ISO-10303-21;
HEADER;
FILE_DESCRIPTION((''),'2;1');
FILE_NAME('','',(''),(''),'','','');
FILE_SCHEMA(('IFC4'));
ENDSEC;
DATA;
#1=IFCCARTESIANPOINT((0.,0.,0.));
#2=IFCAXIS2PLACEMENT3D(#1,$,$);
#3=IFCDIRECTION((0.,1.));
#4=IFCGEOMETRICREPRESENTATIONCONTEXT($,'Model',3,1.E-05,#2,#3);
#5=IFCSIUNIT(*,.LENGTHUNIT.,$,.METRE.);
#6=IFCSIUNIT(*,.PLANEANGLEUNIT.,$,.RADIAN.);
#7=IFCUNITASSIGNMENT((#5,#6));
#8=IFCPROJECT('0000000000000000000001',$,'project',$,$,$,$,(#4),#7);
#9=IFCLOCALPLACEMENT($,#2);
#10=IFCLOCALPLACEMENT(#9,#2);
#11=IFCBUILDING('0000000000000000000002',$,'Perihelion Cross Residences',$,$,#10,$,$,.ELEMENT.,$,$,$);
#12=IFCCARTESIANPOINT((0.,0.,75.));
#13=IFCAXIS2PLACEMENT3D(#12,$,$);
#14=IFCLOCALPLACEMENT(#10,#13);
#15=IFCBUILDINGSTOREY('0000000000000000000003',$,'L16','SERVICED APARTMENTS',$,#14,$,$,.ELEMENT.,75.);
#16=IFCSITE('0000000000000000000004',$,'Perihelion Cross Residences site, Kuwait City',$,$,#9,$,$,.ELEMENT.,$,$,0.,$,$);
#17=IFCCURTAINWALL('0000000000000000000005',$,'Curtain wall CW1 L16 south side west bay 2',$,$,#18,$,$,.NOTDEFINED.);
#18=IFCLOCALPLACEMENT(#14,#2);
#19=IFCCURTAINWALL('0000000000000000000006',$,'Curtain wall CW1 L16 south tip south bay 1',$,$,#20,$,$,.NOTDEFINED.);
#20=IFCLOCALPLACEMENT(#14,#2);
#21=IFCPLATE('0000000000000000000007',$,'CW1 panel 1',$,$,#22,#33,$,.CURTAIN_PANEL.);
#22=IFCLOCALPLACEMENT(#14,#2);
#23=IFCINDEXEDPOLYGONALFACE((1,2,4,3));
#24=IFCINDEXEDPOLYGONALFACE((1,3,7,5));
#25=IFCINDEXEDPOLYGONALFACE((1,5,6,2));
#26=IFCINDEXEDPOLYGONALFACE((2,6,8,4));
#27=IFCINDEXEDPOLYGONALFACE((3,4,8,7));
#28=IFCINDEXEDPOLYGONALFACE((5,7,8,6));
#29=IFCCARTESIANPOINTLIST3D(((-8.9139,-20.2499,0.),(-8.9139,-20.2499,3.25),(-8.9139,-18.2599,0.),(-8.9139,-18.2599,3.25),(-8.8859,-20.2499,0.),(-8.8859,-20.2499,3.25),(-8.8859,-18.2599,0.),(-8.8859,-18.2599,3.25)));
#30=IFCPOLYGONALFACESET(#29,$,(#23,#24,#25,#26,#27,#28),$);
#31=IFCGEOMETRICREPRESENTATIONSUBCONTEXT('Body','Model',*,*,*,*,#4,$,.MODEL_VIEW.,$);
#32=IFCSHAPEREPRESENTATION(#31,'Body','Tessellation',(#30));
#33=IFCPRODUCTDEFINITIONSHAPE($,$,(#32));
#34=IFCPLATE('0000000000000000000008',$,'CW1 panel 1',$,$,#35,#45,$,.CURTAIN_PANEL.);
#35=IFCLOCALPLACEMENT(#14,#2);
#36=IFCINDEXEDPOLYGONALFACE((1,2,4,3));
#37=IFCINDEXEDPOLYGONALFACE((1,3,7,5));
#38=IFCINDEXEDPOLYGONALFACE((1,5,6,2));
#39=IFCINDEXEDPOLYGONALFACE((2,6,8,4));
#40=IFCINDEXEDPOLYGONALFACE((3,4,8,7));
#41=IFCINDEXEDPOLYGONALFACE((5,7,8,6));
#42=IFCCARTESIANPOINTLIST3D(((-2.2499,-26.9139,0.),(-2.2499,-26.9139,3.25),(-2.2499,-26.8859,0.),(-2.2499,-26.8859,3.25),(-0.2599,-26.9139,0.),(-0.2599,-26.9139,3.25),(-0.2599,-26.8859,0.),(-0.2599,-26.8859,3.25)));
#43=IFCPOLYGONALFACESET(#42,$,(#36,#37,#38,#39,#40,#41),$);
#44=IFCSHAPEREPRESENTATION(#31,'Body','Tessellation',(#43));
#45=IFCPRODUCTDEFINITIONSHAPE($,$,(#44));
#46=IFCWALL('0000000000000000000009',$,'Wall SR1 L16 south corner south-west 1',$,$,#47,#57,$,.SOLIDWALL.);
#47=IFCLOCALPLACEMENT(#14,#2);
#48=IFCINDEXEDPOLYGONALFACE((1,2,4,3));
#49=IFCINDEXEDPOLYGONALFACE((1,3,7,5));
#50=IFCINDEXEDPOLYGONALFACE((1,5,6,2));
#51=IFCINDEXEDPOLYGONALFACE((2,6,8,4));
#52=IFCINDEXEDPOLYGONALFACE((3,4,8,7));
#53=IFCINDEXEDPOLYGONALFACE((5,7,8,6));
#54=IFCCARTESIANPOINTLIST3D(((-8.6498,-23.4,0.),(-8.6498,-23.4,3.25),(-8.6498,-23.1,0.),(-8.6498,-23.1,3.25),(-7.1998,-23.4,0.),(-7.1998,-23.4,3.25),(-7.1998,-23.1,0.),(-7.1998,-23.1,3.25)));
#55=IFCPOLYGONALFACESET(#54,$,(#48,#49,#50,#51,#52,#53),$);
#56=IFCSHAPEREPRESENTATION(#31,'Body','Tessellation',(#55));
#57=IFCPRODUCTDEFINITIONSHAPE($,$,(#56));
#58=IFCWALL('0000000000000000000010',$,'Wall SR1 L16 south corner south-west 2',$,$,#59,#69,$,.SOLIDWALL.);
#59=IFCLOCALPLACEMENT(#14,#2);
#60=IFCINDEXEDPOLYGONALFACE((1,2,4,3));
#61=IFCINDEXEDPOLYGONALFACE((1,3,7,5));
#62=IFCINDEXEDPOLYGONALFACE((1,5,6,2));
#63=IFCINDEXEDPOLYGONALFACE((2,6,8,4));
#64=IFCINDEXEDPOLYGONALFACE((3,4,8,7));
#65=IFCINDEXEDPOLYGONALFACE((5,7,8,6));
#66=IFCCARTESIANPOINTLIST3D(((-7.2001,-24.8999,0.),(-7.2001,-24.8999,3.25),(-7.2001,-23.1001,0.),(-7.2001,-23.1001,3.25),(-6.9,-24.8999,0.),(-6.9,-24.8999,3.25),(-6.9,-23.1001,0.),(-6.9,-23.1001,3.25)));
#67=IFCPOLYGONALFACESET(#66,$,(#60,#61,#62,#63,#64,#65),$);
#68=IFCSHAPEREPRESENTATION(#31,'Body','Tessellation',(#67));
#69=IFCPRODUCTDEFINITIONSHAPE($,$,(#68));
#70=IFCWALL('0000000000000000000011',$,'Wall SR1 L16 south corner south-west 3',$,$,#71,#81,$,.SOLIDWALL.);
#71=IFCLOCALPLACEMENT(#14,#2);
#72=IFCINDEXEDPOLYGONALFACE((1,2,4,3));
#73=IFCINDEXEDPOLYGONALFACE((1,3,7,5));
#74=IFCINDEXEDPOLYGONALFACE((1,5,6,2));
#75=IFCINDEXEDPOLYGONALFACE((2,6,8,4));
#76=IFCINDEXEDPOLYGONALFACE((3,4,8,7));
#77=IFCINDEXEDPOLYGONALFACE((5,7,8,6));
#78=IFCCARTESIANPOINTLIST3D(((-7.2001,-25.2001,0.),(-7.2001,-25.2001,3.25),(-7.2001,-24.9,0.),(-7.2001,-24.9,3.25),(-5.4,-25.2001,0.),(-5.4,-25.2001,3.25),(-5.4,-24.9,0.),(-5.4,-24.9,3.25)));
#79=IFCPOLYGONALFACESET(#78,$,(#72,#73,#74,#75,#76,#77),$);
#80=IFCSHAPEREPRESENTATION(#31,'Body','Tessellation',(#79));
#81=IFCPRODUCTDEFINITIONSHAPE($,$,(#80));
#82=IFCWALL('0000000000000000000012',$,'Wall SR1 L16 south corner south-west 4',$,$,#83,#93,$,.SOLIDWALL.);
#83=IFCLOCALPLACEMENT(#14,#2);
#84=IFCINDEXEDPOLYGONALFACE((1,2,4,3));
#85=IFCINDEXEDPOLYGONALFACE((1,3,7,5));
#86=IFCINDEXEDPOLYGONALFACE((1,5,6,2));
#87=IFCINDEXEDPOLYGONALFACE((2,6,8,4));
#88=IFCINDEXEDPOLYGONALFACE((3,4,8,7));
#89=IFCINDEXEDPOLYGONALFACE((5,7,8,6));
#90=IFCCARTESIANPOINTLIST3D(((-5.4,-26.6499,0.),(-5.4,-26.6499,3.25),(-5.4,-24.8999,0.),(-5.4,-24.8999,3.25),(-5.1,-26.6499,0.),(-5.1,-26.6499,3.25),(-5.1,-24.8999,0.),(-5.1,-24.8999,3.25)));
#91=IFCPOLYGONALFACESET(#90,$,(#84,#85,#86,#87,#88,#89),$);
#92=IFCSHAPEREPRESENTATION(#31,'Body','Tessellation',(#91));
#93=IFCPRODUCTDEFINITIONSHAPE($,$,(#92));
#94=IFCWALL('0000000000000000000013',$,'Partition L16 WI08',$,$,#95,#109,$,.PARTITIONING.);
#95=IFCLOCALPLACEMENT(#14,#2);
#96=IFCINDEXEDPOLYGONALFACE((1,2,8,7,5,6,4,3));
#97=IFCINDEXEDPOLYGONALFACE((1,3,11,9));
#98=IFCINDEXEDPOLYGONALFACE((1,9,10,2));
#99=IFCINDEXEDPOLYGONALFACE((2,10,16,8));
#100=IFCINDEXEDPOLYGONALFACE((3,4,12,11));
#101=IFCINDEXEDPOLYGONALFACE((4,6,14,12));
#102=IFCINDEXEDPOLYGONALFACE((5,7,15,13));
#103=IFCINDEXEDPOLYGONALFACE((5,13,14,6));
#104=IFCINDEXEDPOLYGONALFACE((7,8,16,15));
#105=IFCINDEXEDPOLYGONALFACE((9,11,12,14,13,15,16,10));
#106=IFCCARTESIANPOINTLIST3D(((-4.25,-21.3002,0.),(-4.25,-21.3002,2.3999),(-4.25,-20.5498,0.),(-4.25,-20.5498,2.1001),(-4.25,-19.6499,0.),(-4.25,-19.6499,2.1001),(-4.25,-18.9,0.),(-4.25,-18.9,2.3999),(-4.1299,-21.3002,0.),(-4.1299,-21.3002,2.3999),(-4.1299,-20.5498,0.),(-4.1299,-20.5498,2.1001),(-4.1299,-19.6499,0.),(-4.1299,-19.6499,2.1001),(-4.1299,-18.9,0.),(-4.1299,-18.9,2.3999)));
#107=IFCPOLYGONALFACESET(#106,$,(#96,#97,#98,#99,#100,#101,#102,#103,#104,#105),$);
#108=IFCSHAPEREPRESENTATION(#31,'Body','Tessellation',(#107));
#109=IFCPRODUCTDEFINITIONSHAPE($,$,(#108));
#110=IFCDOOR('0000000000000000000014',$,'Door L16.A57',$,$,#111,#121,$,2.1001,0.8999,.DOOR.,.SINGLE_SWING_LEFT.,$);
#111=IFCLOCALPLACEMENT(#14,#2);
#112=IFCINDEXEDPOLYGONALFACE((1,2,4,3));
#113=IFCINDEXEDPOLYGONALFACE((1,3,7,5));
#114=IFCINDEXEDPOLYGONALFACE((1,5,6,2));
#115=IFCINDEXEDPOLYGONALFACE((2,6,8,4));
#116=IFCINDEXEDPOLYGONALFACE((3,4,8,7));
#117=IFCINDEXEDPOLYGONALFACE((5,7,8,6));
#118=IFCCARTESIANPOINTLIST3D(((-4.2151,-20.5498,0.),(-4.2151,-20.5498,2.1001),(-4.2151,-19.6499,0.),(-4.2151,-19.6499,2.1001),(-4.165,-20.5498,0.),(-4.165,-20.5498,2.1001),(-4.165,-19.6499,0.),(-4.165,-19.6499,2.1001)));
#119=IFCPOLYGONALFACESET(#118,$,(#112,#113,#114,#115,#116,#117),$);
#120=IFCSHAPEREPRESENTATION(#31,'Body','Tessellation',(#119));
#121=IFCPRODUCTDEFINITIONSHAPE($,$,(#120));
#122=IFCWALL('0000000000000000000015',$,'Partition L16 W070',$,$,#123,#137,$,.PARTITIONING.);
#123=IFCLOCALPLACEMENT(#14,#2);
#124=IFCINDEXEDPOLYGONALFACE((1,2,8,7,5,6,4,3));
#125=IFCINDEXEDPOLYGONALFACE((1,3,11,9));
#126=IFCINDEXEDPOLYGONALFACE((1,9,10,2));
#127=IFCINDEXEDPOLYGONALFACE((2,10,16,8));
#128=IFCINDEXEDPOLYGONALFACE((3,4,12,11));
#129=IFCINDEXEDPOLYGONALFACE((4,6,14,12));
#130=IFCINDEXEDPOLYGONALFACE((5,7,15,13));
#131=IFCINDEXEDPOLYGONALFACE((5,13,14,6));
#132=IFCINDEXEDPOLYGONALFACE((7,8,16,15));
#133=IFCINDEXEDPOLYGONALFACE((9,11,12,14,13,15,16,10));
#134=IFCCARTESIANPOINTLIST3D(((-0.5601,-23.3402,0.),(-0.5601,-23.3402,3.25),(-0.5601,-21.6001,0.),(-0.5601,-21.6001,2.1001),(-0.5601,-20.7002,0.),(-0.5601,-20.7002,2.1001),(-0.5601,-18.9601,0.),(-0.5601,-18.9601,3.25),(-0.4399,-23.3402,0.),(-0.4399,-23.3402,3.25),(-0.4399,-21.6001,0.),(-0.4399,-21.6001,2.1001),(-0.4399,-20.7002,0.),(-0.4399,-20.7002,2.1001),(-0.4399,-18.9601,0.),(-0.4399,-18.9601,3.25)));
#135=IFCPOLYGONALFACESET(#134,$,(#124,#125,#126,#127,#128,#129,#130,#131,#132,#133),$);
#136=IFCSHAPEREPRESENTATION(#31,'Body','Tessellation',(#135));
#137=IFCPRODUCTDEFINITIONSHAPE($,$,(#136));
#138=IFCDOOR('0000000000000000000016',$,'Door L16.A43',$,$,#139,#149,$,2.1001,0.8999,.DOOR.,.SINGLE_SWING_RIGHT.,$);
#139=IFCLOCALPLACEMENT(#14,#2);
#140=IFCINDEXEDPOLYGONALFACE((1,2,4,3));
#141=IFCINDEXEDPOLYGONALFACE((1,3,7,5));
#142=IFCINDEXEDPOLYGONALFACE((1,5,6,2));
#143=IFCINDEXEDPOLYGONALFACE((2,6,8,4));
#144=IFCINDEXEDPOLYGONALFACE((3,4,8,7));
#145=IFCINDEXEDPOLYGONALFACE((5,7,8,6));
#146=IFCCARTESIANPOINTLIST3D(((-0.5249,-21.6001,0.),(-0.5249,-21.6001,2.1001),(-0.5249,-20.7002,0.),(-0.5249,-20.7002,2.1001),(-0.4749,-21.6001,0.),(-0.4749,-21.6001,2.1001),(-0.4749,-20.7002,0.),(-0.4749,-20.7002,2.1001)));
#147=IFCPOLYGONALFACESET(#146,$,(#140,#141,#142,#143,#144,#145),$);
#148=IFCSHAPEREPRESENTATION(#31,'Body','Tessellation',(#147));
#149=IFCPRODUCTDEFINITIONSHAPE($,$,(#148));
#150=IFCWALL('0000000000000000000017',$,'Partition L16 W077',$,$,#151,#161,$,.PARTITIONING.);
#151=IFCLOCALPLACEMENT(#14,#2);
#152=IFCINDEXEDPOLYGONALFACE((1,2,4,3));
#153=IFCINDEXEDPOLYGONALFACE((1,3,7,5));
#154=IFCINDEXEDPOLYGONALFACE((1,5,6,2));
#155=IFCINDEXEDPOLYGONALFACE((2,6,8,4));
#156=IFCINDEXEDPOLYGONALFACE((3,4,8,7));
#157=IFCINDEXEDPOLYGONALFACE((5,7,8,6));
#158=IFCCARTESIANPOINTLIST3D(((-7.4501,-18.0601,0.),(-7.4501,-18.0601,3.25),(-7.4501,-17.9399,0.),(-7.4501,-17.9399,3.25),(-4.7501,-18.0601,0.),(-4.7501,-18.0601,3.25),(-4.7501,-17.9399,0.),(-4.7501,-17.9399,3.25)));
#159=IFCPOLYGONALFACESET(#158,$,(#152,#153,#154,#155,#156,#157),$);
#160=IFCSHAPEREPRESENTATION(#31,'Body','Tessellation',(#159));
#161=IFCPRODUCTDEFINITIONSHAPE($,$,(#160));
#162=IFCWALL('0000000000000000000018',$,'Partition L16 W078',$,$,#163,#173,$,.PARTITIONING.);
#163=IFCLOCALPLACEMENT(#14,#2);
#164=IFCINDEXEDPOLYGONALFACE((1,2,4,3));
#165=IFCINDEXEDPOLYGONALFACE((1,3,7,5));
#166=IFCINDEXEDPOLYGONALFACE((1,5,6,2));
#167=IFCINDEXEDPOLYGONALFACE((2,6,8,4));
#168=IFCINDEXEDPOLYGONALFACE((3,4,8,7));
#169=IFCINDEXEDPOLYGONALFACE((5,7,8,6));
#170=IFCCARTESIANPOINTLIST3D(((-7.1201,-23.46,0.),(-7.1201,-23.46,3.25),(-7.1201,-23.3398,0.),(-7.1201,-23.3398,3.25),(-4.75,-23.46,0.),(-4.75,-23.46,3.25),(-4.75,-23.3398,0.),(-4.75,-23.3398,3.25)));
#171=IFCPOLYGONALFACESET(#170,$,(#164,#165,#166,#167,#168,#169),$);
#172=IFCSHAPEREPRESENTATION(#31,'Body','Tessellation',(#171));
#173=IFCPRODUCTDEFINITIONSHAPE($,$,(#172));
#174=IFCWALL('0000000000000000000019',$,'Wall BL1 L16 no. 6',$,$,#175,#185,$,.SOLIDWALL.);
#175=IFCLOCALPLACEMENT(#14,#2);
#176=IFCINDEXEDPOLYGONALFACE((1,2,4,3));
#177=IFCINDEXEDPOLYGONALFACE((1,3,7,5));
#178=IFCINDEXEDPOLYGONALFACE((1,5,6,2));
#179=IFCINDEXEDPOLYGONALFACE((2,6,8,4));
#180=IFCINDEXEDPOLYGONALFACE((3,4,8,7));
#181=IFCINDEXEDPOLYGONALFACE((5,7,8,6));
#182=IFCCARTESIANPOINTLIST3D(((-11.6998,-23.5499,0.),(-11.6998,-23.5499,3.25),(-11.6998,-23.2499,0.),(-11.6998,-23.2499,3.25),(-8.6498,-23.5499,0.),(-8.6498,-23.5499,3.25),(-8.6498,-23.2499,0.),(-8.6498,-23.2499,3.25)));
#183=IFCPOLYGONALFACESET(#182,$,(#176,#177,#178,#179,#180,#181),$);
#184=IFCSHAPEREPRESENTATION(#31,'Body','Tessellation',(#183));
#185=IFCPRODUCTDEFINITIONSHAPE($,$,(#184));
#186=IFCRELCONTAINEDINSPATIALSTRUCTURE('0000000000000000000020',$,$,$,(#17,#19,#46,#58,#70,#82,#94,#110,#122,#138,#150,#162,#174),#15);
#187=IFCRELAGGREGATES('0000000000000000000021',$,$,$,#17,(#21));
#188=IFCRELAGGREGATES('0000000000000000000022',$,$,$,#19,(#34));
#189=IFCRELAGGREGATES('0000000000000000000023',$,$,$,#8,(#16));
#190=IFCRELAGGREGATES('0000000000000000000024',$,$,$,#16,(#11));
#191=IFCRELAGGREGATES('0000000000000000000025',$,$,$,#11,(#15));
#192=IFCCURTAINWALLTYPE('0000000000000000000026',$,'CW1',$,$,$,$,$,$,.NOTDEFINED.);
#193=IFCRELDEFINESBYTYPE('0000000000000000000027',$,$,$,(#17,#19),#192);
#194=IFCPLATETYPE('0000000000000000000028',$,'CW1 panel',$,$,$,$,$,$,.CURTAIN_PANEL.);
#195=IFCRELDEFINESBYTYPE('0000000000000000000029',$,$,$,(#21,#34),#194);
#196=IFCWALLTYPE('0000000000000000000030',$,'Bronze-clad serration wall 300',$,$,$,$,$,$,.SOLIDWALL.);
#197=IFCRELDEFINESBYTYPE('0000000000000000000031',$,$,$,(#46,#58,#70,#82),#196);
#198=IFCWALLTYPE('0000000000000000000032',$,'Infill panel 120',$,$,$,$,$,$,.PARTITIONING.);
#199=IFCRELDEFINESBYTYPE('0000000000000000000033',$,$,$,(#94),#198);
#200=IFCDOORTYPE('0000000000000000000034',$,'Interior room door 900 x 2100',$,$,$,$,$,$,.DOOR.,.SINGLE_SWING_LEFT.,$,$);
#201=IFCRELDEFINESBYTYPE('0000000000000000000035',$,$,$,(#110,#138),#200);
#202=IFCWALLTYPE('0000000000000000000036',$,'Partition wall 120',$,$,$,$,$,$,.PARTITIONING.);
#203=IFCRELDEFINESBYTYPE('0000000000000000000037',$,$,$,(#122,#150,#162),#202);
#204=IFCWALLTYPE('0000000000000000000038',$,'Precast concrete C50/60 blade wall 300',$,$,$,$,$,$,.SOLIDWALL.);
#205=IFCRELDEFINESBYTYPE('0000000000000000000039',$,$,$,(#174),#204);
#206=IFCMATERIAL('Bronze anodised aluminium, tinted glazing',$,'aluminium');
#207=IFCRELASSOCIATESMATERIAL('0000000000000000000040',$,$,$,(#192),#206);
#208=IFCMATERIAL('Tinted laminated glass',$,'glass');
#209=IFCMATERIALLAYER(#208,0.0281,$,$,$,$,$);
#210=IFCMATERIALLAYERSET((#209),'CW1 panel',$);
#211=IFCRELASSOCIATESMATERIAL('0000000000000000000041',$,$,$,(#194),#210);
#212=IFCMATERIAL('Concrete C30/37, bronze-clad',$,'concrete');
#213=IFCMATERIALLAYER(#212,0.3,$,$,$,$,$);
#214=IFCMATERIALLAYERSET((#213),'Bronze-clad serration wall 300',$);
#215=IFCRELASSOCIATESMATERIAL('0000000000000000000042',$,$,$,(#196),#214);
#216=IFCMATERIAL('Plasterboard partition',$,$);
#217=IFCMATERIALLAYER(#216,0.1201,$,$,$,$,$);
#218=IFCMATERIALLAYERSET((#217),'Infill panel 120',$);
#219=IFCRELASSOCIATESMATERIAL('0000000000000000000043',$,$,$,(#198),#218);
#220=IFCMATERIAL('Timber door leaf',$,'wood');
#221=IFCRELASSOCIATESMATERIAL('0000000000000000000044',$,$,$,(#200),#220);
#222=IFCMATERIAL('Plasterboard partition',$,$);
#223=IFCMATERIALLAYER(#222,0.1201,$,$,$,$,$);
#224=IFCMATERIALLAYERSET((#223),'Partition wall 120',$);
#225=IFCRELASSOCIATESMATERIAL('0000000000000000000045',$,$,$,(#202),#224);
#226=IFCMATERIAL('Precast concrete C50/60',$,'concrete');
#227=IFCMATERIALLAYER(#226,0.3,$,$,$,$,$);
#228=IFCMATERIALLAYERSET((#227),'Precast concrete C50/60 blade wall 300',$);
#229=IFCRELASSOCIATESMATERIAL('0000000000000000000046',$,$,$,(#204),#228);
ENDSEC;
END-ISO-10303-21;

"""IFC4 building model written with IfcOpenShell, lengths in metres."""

from ifc_helpers import new_model, si_unit, direction, frame, frame_2d, origin, origin_2d, place, context, subcontext, project, spatial, rectangle, extrude, material, layer, layer_set, type_object, element, fill, aggregate, save


model = new_model("IFC4")

# Units and contexts
model_context = context("Model", 3, precision=1e-05, world=origin(), true_north=direction((0.0, 1.0)))
body_context = subcontext(model_context, "Body", "Model", "MODEL_VIEW")
ifc_project = project(units=[si_unit("LENGTHUNIT", "METRE"), si_unit("PLANEANGLEUNIT", "RADIAN")], contexts=[model_context])

# Site, building, storey
site_placement = place(None, origin())
site = spatial("IfcSite", under=ifc_project, at=site_placement, Name="Perihelion Cross Residences site, Kuwait City", CompositionType="ELEMENT", RefElevation=0.0)
building_placement = place(site_placement, origin())
building = spatial("IfcBuilding", under=site, at=building_placement, Name="Perihelion Cross Residences", CompositionType="ELEMENT")
storey_placement = place(building_placement, frame((0.0, 0.0, 75.0)))
storey = spatial("IfcBuildingStorey", under=building, at=storey_placement, Name="L16", Description="SERVICED APARTMENTS", CompositionType="ELEMENT", Elevation=75.0)

# Curtain walls
ifc_material_1 = material(Name="Bronze anodised aluminium, tinted glazing", Category="aluminium")
curtain_wall_type = type_object("IfcCurtainWallType", Name="CW1", PredefinedType="NOTDEFINED", material=ifc_material_1)
curtain_wall_1_placement = place(storey_placement, origin())
curtain_wall_1 = element("IfcCurtainWall", 1, at=curtain_wall_1_placement, inside=storey, type_object=curtain_wall_type, Name="Curtain wall CW1 L16 south side west bay 2", PredefinedType="NOTDEFINED")
curtain_wall_2_placement = place(storey_placement, origin())
curtain_wall_2 = element("IfcCurtainWall", 2, at=curtain_wall_2_placement, inside=storey, type_object=curtain_wall_type, Name="Curtain wall CW1 L16 south tip south bay 1", PredefinedType="NOTDEFINED")

# Plates
ifc_material_2 = material(Name="Tinted laminated glass", Category="glass")
ifc_layer_1 = layer(ifc_material_2, 0.0281)
ifc_layer_set_1 = layer_set([ifc_layer_1], Name="CW1 panel")
plate_type = type_object("IfcPlateType", Name="CW1 panel", PredefinedType="CURTAIN_PANEL", material=ifc_layer_set_1)
plate_1_placement = place(storey_placement, frame((-8.8999, -19.2549, 0.0), z_axis=(0.0, 0.0, 1.0), x_axis=(0.0, -1.0, 0.0)))
plate_1 = element("IfcPlate", 3, at=plate_1_placement, type_object=plate_type, Name="CW1 panel 1", PredefinedType="CURTAIN_PANEL", context=body_context, shape_type="SweptSolid", body=[
    extrude(rectangle(XDim=1.99, YDim=0.0281, at=origin_2d()), origin(), (0.0, 0.0, 1.0), 3.25),
])
aggregate(curtain_wall_1, [plate_1])
plate_2_placement = place(storey_placement, frame((-1.2549, -26.8999, 0.0), z_axis=(0.0, 0.0, 1.0), x_axis=(1.0, 0.0, 0.0)))
plate_2 = element("IfcPlate", 4, at=plate_2_placement, type_object=plate_type, Name="CW1 panel 1", PredefinedType="CURTAIN_PANEL", context=body_context, shape_type="SweptSolid", body=[
    extrude(rectangle(XDim=1.99, YDim=0.0281, at=origin_2d()), origin(), (0.0, 0.0, 1.0), 3.25),
])
aggregate(curtain_wall_2, [plate_2])

# Walls
ifc_material_3 = material(Name="Concrete C30/37, bronze-clad", Category="concrete")
ifc_layer_2 = layer(ifc_material_3, 0.3)
ifc_layer_set_2 = layer_set([ifc_layer_2], Name="Bronze-clad serration wall 300")
wall_type_1 = type_object("IfcWallType", Name="Bronze-clad serration wall 300", PredefinedType="SOLIDWALL", material=ifc_layer_set_2)
wall_1_placement = place(storey_placement, frame((-8.6499, -23.25, 0.0), z_axis=(0.0, 0.0, 1.0), x_axis=(1.0, 0.0, 0.0)))
element("IfcWall", 5, at=wall_1_placement, inside=storey, type_object=wall_type_1, Name="Wall SR1 L16 south corner south-west 1", PredefinedType="SOLIDWALL", context=body_context, shape_type="SweptSolid", body=[
    extrude(rectangle(XDim=1.45, YDim=0.3, at=frame_2d((0.7251, 0.0))), origin(), (0.0, 0.0, 1.0), 3.25),
])
wall_2_placement = place(storey_placement, frame((-7.05, -23.1001, 0.0), z_axis=(0.0, 0.0, 1.0), x_axis=(0.0, -1.0, 0.0)))
element("IfcWall", 6, at=wall_2_placement, inside=storey, type_object=wall_type_1, Name="Wall SR1 L16 south corner south-west 2", PredefinedType="SOLIDWALL", context=body_context, shape_type="SweptSolid", body=[
    extrude(rectangle(XDim=1.7998, YDim=0.3, at=frame_2d((0.8999, 0.0))), origin(), (0.0, 0.0, 1.0), 3.25),
])
wall_3_placement = place(storey_placement, frame((-7.2, -25.05, 0.0), z_axis=(0.0, 0.0, 1.0), x_axis=(1.0, 0.0, 0.0)))
element("IfcWall", 7, at=wall_3_placement, inside=storey, type_object=wall_type_1, Name="Wall SR1 L16 south corner south-west 3", PredefinedType="SOLIDWALL", context=body_context, shape_type="SweptSolid", body=[
    extrude(rectangle(XDim=1.8, YDim=0.3, at=frame_2d((0.8999, 0.0))), origin(), (0.0, 0.0, 1.0), 3.25),
])
wall_4_placement = place(storey_placement, frame((-5.25, -24.8999, 0.0), z_axis=(0.0, 0.0, 1.0), x_axis=(0.0, -1.0, 0.0)))
element("IfcWall", 8, at=wall_4_placement, inside=storey, type_object=wall_type_1, Name="Wall SR1 L16 south corner south-west 4", PredefinedType="SOLIDWALL", context=body_context, shape_type="SweptSolid", body=[
    extrude(rectangle(XDim=1.75, YDim=0.3, at=frame_2d((0.875, 0.0))), origin(), (0.0, 0.0, 1.0), 3.25),
])

# Walls, openings, doors
ifc_material_4 = material(Name="Plasterboard partition")
ifc_layer_3 = layer(ifc_material_4, 0.1201)
ifc_layer_set_3 = layer_set([ifc_layer_3], Name="Infill panel 120")
wall_type_2 = type_object("IfcWallType", Name="Infill panel 120", PredefinedType="PARTITIONING", material=ifc_layer_set_3)
wall_5_placement = place(storey_placement, frame((-4.1899, -18.8999, 0.0), z_axis=(0.0, 0.0, 1.0), x_axis=(0.0, -1.0, 0.0)))
wall_5 = element("IfcWall", 9, at=wall_5_placement, inside=storey, type_object=wall_type_2, Name="Partition L16 WI08", PredefinedType="PARTITIONING", context=body_context, shape_type="SweptSolid", body=[
    extrude(rectangle(XDim=2.4001, YDim=0.1201, at=frame_2d((1.2002, 0.0))), origin(), (0.0, 0.0, 1.0), 2.3999),
])
opening_1_placement = place(wall_5_placement, frame((0.75, 0.0, 0.0)))
opening_1 = element("IfcOpeningElement", 10, at=opening_1_placement, cuts=wall_5, PredefinedType="OPENING", context=body_context, shape_type="SweptSolid", body=[
    extrude(rectangle(XDim=0.8999, YDim=2.1001, at=frame_2d((0.45, 1.05))), frame((0.0, 0.0701, 0.0), z_axis=(0.0, -1.0, 0.0), x_axis=(1.0, 0.0, 0.0)), (0.0, 0.0, 1.0), 0.1401),
])
ifc_material_5 = material(Name="Timber door leaf", Category="wood")
door_type_1 = type_object("IfcDoorType", Name="Interior room door 900 x 2100", OperationType="SINGLE_SWING_LEFT", PredefinedType="DOOR", material=ifc_material_5)
door_1_placement = place(opening_1_placement, origin())
door_1 = element("IfcDoor", 11, at=door_1_placement, inside=storey, type_object=door_type_1, Name="Door L16.A57", OperationType="SINGLE_SWING_LEFT", OverallHeight=2.1001, OverallWidth=0.8999, PredefinedType="DOOR", context=body_context, shape_type="SweptSolid", body=[
    extrude(rectangle(XDim=0.8999, YDim=2.1001, at=frame_2d((0.45, 1.05))), frame((0.0, 0.0249, 0.0), z_axis=(0.0, -1.0, 0.0), x_axis=(1.0, 0.0, 0.0)), (0.0, 0.0, 1.0), 0.05),
])
fill(opening_1, door_1)
ifc_material_6 = material(Name="Plasterboard partition")
ifc_layer_4 = layer(ifc_material_6, 0.1201)
ifc_layer_set_4 = layer_set([ifc_layer_4], Name="Partition wall 120")
wall_type_3 = type_object("IfcWallType", Name="Partition wall 120", PredefinedType="PARTITIONING", material=ifc_layer_set_4)
wall_6_placement = place(storey_placement, frame((-0.5, -23.3401, 0.0), z_axis=(0.0, 0.0, 1.0), x_axis=(0.0, 1.0, 0.0)))
wall_6 = element("IfcWall", 12, at=wall_6_placement, inside=storey, type_object=wall_type_3, Name="Partition L16 W070", PredefinedType="PARTITIONING", context=body_context, shape_type="SweptSolid", body=[
    extrude(rectangle(XDim=4.3801, YDim=0.1201, at=frame_2d((2.1899, 0.0))), origin(), (0.0, 0.0, 1.0), 3.25),
])
opening_2_placement = place(wall_6_placement, frame((1.74, 0.0, 0.0)))
opening_2 = element("IfcOpeningElement", 13, at=opening_2_placement, cuts=wall_6, PredefinedType="OPENING", context=body_context, shape_type="SweptSolid", body=[
    extrude(rectangle(XDim=0.8999, YDim=2.1001, at=frame_2d((0.45, 1.05))), frame((0.0, 0.0701, 0.0), z_axis=(0.0, -1.0, 0.0), x_axis=(1.0, 0.0, 0.0)), (0.0, 0.0, 1.0), 0.1401),
])
door_2_placement = place(opening_2_placement, origin())
door_2 = element("IfcDoor", 14, at=door_2_placement, inside=storey, type_object=door_type_1, Name="Door L16.A43", OperationType="SINGLE_SWING_RIGHT", OverallHeight=2.1001, OverallWidth=0.8999, PredefinedType="DOOR", context=body_context, shape_type="SweptSolid", body=[
    extrude(rectangle(XDim=0.8999, YDim=2.1001, at=frame_2d((0.45, 1.05))), frame((0.0, 0.0249, 0.0), z_axis=(0.0, -1.0, 0.0), x_axis=(1.0, 0.0, 0.0)), (0.0, 0.0, 1.0), 0.05),
])
fill(opening_2, door_2)

# Walls
wall_7_placement = place(storey_placement, frame((-4.75, -18.0, 0.0), z_axis=(0.0, 0.0, 1.0), x_axis=(-1.0, 0.0, 0.0)))
element("IfcWall", 15, at=wall_7_placement, inside=storey, type_object=wall_type_3, Name="Partition L16 W077", PredefinedType="PARTITIONING", context=body_context, shape_type="SweptSolid", body=[
    extrude(rectangle(XDim=2.7, YDim=0.1201, at=frame_2d((1.3501, 0.0))), origin(), (0.0, 0.0, 1.0), 3.25),
])
wall_8_placement = place(storey_placement, frame((-4.75, -23.3999, 0.0), z_axis=(0.0, 0.0, 1.0), x_axis=(-1.0, 0.0, 0.0)))
element("IfcWall", 16, at=wall_8_placement, inside=storey, type_object=wall_type_3, Name="Partition L16 W078", PredefinedType="PARTITIONING", context=body_context, shape_type="SweptSolid", body=[
    extrude(rectangle(XDim=2.3701, YDim=0.1201, at=frame_2d((1.1851, 0.0))), origin(), (0.0, 0.0, 1.0), 3.25),
])
ifc_material_7 = material(Name="Precast concrete C50/60", Category="concrete")
ifc_layer_5 = layer(ifc_material_7, 0.3)
ifc_layer_set_5 = layer_set([ifc_layer_5], Name="Precast concrete C50/60 blade wall 300")
wall_type_4 = type_object("IfcWallType", Name="Precast concrete C50/60 blade wall 300", PredefinedType="SOLIDWALL", material=ifc_layer_set_5)
for number, where, z_axis, x_axis, name in (
    (17, (-8.6499, -23.3999, 0.0), (0.0, 0.0, 1.0), (-1.0, 0.0, 0.0), "Wall BL1 L16 no. 6"),
):
    element("IfcWall", number, at=place(storey_placement, frame(where, z_axis=z_axis, x_axis=x_axis)), inside=storey, type_object=wall_type_4, Name=name, PredefinedType="SOLIDWALL", context=body_context, shape_type="SweptSolid", body=[
        extrude(rectangle(XDim=3.05, YDim=0.3, at=frame_2d((1.5249, 0.0))), origin(), (0.0, 0.0, 1.0), 3.25),
    ])

save(model, "model.ifc")
